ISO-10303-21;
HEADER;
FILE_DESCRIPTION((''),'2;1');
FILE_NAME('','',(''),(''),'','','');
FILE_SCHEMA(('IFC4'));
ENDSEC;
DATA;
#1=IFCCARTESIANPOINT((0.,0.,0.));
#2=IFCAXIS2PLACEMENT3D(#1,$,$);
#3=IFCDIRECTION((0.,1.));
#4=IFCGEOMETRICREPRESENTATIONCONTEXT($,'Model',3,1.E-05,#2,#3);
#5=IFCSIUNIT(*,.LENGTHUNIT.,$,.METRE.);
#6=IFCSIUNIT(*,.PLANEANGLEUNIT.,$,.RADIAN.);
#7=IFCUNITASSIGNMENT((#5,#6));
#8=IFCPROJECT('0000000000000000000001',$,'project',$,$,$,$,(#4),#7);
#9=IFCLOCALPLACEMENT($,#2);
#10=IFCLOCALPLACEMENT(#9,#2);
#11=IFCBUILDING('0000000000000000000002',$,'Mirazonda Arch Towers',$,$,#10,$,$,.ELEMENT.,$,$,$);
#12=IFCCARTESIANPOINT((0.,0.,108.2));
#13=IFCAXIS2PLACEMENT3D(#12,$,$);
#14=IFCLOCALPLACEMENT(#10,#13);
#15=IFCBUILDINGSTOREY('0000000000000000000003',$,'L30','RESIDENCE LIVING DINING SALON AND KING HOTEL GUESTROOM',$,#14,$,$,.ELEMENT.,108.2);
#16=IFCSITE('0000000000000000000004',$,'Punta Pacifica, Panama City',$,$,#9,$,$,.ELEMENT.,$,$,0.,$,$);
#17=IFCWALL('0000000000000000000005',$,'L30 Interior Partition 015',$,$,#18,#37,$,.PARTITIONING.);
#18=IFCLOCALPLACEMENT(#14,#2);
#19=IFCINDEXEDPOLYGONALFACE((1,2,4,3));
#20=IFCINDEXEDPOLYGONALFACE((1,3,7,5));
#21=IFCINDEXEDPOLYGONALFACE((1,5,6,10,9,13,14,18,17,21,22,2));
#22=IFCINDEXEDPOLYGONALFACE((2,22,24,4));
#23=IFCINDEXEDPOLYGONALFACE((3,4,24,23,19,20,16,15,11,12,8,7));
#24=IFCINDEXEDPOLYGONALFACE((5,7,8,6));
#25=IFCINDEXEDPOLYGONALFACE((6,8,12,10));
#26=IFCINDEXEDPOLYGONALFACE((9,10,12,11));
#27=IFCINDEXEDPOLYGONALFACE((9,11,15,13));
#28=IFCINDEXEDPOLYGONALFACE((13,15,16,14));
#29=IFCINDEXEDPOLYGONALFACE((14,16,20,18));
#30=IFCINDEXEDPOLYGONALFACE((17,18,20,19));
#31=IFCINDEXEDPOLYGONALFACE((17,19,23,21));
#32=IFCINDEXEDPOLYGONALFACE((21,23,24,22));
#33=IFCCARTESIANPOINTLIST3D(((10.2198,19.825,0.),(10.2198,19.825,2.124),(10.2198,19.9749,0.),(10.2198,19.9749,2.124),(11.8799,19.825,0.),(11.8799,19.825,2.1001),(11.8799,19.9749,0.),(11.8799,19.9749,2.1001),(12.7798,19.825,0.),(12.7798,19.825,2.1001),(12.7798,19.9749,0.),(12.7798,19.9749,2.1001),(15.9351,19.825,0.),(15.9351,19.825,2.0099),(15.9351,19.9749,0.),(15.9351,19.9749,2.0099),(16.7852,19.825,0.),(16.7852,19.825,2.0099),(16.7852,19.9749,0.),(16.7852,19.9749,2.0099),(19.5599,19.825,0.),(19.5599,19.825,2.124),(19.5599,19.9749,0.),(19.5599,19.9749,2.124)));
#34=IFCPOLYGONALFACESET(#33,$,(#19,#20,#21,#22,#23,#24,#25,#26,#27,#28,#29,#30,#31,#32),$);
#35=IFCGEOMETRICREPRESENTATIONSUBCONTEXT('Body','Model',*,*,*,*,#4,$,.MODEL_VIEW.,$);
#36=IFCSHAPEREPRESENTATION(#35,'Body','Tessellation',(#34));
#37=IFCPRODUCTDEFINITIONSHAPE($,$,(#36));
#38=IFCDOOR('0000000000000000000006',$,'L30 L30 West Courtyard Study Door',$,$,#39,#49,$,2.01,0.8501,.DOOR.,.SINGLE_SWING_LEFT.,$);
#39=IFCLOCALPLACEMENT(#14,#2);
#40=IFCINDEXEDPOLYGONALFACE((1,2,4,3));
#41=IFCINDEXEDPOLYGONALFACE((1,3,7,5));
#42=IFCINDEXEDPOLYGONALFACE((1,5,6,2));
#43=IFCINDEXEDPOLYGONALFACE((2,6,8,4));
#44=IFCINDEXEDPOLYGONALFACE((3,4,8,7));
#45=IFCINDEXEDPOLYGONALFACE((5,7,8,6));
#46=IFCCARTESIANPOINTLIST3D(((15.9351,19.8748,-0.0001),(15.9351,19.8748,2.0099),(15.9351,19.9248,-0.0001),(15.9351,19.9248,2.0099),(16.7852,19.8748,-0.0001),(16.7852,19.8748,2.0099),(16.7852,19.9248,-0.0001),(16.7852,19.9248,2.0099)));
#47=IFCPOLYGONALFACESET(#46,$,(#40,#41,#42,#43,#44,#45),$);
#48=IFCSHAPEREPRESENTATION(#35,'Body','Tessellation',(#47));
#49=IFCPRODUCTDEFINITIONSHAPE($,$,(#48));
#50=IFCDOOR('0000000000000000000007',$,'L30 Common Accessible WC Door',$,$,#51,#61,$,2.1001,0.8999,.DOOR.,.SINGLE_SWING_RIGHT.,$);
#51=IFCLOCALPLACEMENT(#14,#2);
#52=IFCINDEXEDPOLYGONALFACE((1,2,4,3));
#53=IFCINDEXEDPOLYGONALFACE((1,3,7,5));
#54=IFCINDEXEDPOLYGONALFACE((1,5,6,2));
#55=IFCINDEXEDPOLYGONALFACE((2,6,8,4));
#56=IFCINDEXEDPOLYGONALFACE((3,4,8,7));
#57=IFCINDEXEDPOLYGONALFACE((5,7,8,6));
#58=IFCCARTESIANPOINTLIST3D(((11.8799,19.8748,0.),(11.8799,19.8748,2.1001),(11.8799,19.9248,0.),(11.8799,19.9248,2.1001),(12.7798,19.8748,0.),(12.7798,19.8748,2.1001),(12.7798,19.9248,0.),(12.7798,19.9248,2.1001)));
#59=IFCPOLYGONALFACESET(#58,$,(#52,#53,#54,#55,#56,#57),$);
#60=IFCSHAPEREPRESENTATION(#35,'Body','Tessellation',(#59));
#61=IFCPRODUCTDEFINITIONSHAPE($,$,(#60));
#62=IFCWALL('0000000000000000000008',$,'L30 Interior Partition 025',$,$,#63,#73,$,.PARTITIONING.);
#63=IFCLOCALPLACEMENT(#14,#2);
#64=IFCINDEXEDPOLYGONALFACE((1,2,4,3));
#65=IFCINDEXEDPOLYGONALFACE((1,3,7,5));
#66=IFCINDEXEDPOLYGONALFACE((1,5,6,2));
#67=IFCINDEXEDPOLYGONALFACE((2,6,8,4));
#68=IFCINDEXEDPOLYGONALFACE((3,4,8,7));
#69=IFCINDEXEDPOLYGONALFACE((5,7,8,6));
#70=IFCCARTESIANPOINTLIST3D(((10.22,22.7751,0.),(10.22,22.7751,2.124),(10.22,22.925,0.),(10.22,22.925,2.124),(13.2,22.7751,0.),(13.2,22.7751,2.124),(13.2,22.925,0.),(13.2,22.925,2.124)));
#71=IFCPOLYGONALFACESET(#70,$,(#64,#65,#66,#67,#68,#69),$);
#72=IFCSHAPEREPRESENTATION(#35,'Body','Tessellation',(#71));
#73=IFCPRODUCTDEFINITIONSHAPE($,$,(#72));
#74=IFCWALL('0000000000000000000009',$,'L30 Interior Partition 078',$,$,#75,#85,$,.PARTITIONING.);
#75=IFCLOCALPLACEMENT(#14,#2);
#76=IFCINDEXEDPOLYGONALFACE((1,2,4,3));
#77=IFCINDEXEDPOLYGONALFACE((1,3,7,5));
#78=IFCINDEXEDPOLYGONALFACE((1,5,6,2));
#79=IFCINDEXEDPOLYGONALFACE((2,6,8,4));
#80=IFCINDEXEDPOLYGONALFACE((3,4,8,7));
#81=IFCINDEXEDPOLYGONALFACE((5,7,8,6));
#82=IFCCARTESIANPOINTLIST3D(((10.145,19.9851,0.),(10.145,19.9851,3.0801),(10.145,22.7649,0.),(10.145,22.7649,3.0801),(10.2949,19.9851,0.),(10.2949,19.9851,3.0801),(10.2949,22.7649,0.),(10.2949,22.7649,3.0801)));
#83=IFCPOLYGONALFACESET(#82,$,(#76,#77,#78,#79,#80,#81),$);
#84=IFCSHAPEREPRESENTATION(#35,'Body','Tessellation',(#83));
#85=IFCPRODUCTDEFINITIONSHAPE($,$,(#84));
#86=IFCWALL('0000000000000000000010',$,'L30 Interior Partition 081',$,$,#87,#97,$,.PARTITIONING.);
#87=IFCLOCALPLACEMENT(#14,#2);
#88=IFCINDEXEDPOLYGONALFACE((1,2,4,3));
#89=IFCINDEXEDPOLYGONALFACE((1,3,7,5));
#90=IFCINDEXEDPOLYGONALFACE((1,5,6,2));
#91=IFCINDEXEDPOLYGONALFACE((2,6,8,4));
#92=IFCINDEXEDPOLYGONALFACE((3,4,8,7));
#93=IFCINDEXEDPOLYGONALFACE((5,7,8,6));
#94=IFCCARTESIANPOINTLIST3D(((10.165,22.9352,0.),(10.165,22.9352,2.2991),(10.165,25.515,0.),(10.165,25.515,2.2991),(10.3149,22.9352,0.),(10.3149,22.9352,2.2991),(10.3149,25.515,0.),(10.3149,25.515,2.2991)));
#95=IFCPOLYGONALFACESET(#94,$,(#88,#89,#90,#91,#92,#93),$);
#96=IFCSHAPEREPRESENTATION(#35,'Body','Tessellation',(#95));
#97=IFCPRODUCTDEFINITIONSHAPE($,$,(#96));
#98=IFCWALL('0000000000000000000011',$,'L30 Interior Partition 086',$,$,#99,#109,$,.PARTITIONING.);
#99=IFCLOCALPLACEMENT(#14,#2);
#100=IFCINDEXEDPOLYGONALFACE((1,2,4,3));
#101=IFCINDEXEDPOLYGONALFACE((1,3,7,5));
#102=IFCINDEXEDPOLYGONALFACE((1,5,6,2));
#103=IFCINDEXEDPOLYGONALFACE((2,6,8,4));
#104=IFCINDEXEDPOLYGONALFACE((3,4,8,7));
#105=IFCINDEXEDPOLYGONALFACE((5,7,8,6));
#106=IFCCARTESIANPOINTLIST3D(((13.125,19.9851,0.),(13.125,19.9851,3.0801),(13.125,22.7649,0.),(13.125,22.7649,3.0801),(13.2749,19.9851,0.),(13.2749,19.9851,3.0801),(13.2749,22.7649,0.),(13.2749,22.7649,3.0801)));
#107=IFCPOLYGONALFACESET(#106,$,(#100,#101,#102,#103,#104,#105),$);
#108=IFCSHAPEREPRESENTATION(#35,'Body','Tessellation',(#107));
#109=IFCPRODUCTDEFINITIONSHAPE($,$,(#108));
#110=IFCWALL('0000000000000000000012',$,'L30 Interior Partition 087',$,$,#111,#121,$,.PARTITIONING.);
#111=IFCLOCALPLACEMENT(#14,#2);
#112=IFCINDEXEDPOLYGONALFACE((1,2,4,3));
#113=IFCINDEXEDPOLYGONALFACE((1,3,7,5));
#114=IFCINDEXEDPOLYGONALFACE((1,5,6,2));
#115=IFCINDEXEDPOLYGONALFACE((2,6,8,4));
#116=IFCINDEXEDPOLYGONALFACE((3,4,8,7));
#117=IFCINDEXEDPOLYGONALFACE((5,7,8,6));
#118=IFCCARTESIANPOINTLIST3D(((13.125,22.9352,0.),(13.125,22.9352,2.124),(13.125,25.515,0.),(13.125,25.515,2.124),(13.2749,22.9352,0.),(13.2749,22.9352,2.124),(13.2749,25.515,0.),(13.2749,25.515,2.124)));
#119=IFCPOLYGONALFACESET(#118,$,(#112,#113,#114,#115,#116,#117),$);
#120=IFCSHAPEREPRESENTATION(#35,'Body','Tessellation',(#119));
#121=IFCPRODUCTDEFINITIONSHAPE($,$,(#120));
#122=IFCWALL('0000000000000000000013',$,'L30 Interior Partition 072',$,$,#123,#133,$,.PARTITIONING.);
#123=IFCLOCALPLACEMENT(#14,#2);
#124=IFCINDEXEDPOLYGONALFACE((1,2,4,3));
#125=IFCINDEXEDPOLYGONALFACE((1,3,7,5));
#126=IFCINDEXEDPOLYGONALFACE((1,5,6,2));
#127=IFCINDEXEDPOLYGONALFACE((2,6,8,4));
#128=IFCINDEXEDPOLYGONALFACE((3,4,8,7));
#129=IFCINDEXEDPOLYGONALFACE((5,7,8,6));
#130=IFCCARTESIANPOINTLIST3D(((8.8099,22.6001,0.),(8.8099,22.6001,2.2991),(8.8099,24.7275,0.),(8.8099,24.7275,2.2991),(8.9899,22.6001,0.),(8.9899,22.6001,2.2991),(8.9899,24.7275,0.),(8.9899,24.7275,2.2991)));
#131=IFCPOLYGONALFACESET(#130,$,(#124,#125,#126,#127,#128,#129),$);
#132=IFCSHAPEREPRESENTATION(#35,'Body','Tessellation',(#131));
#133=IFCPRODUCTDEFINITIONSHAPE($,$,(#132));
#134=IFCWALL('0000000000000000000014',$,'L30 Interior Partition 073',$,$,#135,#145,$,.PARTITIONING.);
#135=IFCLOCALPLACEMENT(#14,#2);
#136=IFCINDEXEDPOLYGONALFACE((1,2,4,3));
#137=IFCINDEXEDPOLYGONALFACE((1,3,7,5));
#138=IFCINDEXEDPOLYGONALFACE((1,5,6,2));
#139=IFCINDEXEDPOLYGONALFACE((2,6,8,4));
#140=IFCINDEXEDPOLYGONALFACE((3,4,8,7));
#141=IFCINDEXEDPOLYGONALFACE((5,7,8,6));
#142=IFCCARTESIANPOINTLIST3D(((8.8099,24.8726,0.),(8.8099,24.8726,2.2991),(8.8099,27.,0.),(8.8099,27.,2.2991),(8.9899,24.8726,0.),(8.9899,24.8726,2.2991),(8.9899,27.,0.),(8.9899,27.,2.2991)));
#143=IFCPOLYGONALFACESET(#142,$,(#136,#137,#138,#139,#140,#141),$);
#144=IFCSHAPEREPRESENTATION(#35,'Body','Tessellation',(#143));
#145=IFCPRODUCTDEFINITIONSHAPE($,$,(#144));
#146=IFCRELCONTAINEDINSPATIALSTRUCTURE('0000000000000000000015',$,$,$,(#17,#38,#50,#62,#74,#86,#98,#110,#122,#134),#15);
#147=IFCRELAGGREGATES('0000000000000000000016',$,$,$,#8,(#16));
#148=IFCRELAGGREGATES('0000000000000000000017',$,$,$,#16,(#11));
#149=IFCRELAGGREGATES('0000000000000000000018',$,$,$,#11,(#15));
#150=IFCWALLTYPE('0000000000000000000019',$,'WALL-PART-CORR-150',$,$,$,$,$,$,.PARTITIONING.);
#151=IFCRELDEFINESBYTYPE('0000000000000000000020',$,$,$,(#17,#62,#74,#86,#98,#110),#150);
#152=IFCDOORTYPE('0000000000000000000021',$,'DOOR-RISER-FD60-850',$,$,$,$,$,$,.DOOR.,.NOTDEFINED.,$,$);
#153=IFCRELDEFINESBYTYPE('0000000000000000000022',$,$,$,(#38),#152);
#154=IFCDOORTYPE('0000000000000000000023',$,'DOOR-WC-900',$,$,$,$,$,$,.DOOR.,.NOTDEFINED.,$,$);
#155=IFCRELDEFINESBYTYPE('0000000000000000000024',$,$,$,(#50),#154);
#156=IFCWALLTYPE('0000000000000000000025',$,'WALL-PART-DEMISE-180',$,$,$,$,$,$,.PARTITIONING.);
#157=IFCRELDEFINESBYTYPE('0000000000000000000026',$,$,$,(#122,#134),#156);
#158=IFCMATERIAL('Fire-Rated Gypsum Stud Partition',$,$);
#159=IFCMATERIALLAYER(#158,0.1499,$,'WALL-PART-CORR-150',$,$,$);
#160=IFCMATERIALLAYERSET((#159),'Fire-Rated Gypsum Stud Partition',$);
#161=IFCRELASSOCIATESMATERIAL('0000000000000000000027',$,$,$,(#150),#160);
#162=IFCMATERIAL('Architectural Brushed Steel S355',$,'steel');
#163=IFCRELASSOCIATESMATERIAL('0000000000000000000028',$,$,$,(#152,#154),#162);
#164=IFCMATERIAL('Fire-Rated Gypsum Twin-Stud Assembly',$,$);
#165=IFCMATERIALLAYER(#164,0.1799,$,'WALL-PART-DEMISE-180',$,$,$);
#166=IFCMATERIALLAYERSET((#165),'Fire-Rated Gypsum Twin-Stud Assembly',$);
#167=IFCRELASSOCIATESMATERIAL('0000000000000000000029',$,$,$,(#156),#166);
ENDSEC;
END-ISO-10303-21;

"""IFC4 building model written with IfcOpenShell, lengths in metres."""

from ifc_helpers import new_model, si_unit, direction, frame, frame_2d, origin, place, context, subcontext, project, spatial, rectangle, extrude, material, layer, layer_set, type_object, element, fill, save


model = new_model("IFC4")

# Units and contexts
model_context = context("Model", 3, precision=1e-05, world=origin(), true_north=direction((0.0, 1.0)))
body_context = subcontext(model_context, "Body", "Model", "MODEL_VIEW")
ifc_project = project(units=[si_unit("LENGTHUNIT", "METRE"), si_unit("PLANEANGLEUNIT", "RADIAN")], contexts=[model_context])

# Site, building, storey
site_placement = place(None, origin())
site = spatial("IfcSite", under=ifc_project, at=site_placement, Name="Punta Pacifica, Panama City", CompositionType="ELEMENT", RefElevation=0.0)
building_placement = place(site_placement, origin())
building = spatial("IfcBuilding", under=site, at=building_placement, Name="Mirazonda Arch Towers", CompositionType="ELEMENT")
storey_placement = place(building_placement, frame((0.0, 0.0, 108.2)))
storey = spatial("IfcBuildingStorey", under=building, at=storey_placement, Name="L30", Description="RESIDENCE LIVING DINING SALON AND KING HOTEL GUESTROOM", CompositionType="ELEMENT", Elevation=108.2)

# Shared definitions
ifc_material_1 = material(Name="Architectural Brushed Steel S355", Category="steel")

# Shared definitions
ifc_material_2 = material(Name="Fire-Rated Gypsum Stud Partition")
ifc_layer_1 = layer(ifc_material_2, 0.1499, Name="WALL-PART-CORR-150")
ifc_layer_set_1 = layer_set([ifc_layer_1], Name="Fire-Rated Gypsum Stud Partition")
wall_type_1 = type_object("IfcWallType", Name="WALL-PART-CORR-150", PredefinedType="PARTITIONING", material=ifc_layer_set_1)

# Wall, openings, doors
wall_1_placement = place(storey_placement, frame((10.22, 19.8999, 0.0), z_axis=(0.0, 0.0, 1.0), x_axis=(1.0, 0.0, 0.0)))
wall_1 = element("IfcWall", 1, at=wall_1_placement, inside=storey, type_object=wall_type_1, Name="L30 Interior Partition 015", PredefinedType="PARTITIONING", context=body_context, shape_type="SweptSolid", body=[
    extrude(rectangle(XDim=9.3401, YDim=0.1499, at=frame_2d((4.6699, 0.0))), origin(), (0.0, 0.0, 1.0), 2.124),
])
opening_1_placement = place(wall_1_placement, frame((1.6599, 0.0, 0.0)))
opening_1 = element("IfcOpeningElement", 2, at=opening_1_placement, cuts=wall_1, PredefinedType="OPENING", context=body_context, shape_type="SweptSolid", body=[
    extrude(rectangle(XDim=0.8999, YDim=2.1001, at=frame_2d((0.45, 1.05))), frame((0.0, 0.085, 0.0), z_axis=(0.0, -1.0, 0.0), x_axis=(1.0, 0.0, 0.0)), (0.0, 0.0, 1.0), 0.1699),
])
opening_2_placement = place(wall_1_placement, frame((5.7151, 0.0, 0.0)))
opening_2 = element("IfcOpeningElement", 3, at=opening_2_placement, cuts=wall_1, PredefinedType="OPENING", context=body_context, shape_type="SweptSolid", body=[
    extrude(rectangle(XDim=0.8501, YDim=2.01, at=frame_2d((0.425, 1.0049))), frame((0.0, 0.085, 0.0), z_axis=(0.0, -1.0, 0.0), x_axis=(1.0, 0.0, 0.0)), (0.0, 0.0, 1.0), 0.1699),
])
door_type_1 = type_object("IfcDoorType", Name="DOOR-RISER-FD60-850", OperationType="NOTDEFINED", PredefinedType="DOOR", material=ifc_material_1)
door_1_placement = place(opening_2_placement, origin())
door_1 = element("IfcDoor", 4, at=door_1_placement, inside=storey, type_object=door_type_1, Name="L30 L30 West Courtyard Study Door", OperationType="SINGLE_SWING_LEFT", OverallHeight=2.01, OverallWidth=0.8501, PredefinedType="DOOR", context=body_context, shape_type="SweptSolid", body=[
    extrude(rectangle(XDim=0.8501, YDim=2.01, at=frame_2d((0.425, 1.0049))), frame((0.0, 0.0249, 0.0), z_axis=(0.0, -1.0, 0.0), x_axis=(1.0, 0.0, 0.0)), (0.0, 0.0, 1.0), 0.05),
])
fill(opening_2, door_1)
door_type_2 = type_object("IfcDoorType", Name="DOOR-WC-900", OperationType="NOTDEFINED", PredefinedType="DOOR", material=ifc_material_1)
door_2_placement = place(opening_1_placement, origin())
door_2 = element("IfcDoor", 5, at=door_2_placement, inside=storey, type_object=door_type_2, Name="L30 Common Accessible WC Door", OperationType="SINGLE_SWING_RIGHT", OverallHeight=2.1001, OverallWidth=0.8999, PredefinedType="DOOR", context=body_context, shape_type="SweptSolid", body=[
    extrude(rectangle(XDim=0.8999, YDim=2.1001, at=frame_2d((0.45, 1.05))), frame((0.0, 0.0249, 0.0), z_axis=(0.0, -1.0, 0.0), x_axis=(1.0, 0.0, 0.0)), (0.0, 0.0, 1.0), 0.05),
])
fill(opening_1, door_2)

# Walls
wall_2_placement = place(storey_placement, frame((10.22, 22.8501, 0.0), z_axis=(0.0, 0.0, 1.0), x_axis=(1.0, 0.0, 0.0)))
element("IfcWall", 6, at=wall_2_placement, inside=storey, type_object=wall_type_1, Name="L30 Interior Partition 025", PredefinedType="PARTITIONING", context=body_context, shape_type="SweptSolid", body=[
    extrude(rectangle(XDim=2.98, YDim=0.1499, at=frame_2d((1.49, 0.0))), origin(), (0.0, 0.0, 1.0), 2.124),
])
wall_3_placement = place(storey_placement, frame((10.22, 19.9851, 0.0), z_axis=(0.0, 0.0, 1.0), x_axis=(0.0, 1.0, 0.0)))
element("IfcWall", 7, at=wall_3_placement, inside=storey, type_object=wall_type_1, Name="L30 Interior Partition 078", PredefinedType="PARTITIONING", context=body_context, shape_type="SweptSolid", body=[
    extrude(rectangle(XDim=2.7798, YDim=0.1499, at=frame_2d((1.3899, 0.0))), origin(), (0.0, 0.0, 1.0), 3.0801),
])
wall_4_placement = place(storey_placement, frame((10.24, 22.9351, 0.0), z_axis=(0.0, 0.0, 1.0), x_axis=(0.0, 1.0, 0.0)))
element("IfcWall", 8, at=wall_4_placement, inside=storey, type_object=wall_type_1, Name="L30 Interior Partition 081", PredefinedType="PARTITIONING", context=body_context, shape_type="SweptSolid", body=[
    extrude(rectangle(XDim=2.5798, YDim=0.1499, at=frame_2d((1.29, 0.0))), origin(), (0.0, 0.0, 1.0), 2.2991),
])
wall_5_placement = place(storey_placement, frame((13.2, 19.9851, 0.0), z_axis=(0.0, 0.0, 1.0), x_axis=(0.0, 1.0, 0.0)))
element("IfcWall", 9, at=wall_5_placement, inside=storey, type_object=wall_type_1, Name="L30 Interior Partition 086", PredefinedType="PARTITIONING", context=body_context, shape_type="SweptSolid", body=[
    extrude(rectangle(XDim=2.7798, YDim=0.1499, at=frame_2d((1.3899, 0.0))), origin(), (0.0, 0.0, 1.0), 3.0801),
])
wall_6_placement = place(storey_placement, frame((13.2, 22.9351, 0.0), z_axis=(0.0, 0.0, 1.0), x_axis=(0.0, 1.0, 0.0)))
element("IfcWall", 10, at=wall_6_placement, inside=storey, type_object=wall_type_1, Name="L30 Interior Partition 087", PredefinedType="PARTITIONING", context=body_context, shape_type="SweptSolid", body=[
    extrude(rectangle(XDim=2.5798, YDim=0.1499, at=frame_2d((1.29, 0.0))), origin(), (0.0, 0.0, 1.0), 2.124),
])
ifc_material_3 = material(Name="Fire-Rated Gypsum Twin-Stud Assembly")
ifc_layer_2 = layer(ifc_material_3, 0.1799, Name="WALL-PART-DEMISE-180")
ifc_layer_set_2 = layer_set([ifc_layer_2], Name="Fire-Rated Gypsum Twin-Stud Assembly")
wall_type_2 = type_object("IfcWallType", Name="WALL-PART-DEMISE-180", PredefinedType="PARTITIONING", material=ifc_layer_set_2)
for number, where, z_axis, x_axis, name in (
    (11, (8.8999, 22.6001, 0.0), (0.0, 0.0, 1.0), (0.0, 1.0, 0.0), "L30 Interior Partition 072"),
    (12, (8.8999, 24.8726, 0.0), (0.0, 0.0, 1.0), (0.0, 1.0, 0.0), "L30 Interior Partition 073"),
):
    element("IfcWall", number, at=place(storey_placement, frame(where, z_axis=z_axis, x_axis=x_axis)), inside=storey, type_object=wall_type_2, Name=name, PredefinedType="PARTITIONING", context=body_context, shape_type="SweptSolid", body=[
        extrude(rectangle(XDim=2.1274, YDim=0.1799, at=frame_2d((1.0637, 0.0))), origin(), (0.0, 0.0, 1.0), 2.2991),
    ])

save(model, "model.ifc")
